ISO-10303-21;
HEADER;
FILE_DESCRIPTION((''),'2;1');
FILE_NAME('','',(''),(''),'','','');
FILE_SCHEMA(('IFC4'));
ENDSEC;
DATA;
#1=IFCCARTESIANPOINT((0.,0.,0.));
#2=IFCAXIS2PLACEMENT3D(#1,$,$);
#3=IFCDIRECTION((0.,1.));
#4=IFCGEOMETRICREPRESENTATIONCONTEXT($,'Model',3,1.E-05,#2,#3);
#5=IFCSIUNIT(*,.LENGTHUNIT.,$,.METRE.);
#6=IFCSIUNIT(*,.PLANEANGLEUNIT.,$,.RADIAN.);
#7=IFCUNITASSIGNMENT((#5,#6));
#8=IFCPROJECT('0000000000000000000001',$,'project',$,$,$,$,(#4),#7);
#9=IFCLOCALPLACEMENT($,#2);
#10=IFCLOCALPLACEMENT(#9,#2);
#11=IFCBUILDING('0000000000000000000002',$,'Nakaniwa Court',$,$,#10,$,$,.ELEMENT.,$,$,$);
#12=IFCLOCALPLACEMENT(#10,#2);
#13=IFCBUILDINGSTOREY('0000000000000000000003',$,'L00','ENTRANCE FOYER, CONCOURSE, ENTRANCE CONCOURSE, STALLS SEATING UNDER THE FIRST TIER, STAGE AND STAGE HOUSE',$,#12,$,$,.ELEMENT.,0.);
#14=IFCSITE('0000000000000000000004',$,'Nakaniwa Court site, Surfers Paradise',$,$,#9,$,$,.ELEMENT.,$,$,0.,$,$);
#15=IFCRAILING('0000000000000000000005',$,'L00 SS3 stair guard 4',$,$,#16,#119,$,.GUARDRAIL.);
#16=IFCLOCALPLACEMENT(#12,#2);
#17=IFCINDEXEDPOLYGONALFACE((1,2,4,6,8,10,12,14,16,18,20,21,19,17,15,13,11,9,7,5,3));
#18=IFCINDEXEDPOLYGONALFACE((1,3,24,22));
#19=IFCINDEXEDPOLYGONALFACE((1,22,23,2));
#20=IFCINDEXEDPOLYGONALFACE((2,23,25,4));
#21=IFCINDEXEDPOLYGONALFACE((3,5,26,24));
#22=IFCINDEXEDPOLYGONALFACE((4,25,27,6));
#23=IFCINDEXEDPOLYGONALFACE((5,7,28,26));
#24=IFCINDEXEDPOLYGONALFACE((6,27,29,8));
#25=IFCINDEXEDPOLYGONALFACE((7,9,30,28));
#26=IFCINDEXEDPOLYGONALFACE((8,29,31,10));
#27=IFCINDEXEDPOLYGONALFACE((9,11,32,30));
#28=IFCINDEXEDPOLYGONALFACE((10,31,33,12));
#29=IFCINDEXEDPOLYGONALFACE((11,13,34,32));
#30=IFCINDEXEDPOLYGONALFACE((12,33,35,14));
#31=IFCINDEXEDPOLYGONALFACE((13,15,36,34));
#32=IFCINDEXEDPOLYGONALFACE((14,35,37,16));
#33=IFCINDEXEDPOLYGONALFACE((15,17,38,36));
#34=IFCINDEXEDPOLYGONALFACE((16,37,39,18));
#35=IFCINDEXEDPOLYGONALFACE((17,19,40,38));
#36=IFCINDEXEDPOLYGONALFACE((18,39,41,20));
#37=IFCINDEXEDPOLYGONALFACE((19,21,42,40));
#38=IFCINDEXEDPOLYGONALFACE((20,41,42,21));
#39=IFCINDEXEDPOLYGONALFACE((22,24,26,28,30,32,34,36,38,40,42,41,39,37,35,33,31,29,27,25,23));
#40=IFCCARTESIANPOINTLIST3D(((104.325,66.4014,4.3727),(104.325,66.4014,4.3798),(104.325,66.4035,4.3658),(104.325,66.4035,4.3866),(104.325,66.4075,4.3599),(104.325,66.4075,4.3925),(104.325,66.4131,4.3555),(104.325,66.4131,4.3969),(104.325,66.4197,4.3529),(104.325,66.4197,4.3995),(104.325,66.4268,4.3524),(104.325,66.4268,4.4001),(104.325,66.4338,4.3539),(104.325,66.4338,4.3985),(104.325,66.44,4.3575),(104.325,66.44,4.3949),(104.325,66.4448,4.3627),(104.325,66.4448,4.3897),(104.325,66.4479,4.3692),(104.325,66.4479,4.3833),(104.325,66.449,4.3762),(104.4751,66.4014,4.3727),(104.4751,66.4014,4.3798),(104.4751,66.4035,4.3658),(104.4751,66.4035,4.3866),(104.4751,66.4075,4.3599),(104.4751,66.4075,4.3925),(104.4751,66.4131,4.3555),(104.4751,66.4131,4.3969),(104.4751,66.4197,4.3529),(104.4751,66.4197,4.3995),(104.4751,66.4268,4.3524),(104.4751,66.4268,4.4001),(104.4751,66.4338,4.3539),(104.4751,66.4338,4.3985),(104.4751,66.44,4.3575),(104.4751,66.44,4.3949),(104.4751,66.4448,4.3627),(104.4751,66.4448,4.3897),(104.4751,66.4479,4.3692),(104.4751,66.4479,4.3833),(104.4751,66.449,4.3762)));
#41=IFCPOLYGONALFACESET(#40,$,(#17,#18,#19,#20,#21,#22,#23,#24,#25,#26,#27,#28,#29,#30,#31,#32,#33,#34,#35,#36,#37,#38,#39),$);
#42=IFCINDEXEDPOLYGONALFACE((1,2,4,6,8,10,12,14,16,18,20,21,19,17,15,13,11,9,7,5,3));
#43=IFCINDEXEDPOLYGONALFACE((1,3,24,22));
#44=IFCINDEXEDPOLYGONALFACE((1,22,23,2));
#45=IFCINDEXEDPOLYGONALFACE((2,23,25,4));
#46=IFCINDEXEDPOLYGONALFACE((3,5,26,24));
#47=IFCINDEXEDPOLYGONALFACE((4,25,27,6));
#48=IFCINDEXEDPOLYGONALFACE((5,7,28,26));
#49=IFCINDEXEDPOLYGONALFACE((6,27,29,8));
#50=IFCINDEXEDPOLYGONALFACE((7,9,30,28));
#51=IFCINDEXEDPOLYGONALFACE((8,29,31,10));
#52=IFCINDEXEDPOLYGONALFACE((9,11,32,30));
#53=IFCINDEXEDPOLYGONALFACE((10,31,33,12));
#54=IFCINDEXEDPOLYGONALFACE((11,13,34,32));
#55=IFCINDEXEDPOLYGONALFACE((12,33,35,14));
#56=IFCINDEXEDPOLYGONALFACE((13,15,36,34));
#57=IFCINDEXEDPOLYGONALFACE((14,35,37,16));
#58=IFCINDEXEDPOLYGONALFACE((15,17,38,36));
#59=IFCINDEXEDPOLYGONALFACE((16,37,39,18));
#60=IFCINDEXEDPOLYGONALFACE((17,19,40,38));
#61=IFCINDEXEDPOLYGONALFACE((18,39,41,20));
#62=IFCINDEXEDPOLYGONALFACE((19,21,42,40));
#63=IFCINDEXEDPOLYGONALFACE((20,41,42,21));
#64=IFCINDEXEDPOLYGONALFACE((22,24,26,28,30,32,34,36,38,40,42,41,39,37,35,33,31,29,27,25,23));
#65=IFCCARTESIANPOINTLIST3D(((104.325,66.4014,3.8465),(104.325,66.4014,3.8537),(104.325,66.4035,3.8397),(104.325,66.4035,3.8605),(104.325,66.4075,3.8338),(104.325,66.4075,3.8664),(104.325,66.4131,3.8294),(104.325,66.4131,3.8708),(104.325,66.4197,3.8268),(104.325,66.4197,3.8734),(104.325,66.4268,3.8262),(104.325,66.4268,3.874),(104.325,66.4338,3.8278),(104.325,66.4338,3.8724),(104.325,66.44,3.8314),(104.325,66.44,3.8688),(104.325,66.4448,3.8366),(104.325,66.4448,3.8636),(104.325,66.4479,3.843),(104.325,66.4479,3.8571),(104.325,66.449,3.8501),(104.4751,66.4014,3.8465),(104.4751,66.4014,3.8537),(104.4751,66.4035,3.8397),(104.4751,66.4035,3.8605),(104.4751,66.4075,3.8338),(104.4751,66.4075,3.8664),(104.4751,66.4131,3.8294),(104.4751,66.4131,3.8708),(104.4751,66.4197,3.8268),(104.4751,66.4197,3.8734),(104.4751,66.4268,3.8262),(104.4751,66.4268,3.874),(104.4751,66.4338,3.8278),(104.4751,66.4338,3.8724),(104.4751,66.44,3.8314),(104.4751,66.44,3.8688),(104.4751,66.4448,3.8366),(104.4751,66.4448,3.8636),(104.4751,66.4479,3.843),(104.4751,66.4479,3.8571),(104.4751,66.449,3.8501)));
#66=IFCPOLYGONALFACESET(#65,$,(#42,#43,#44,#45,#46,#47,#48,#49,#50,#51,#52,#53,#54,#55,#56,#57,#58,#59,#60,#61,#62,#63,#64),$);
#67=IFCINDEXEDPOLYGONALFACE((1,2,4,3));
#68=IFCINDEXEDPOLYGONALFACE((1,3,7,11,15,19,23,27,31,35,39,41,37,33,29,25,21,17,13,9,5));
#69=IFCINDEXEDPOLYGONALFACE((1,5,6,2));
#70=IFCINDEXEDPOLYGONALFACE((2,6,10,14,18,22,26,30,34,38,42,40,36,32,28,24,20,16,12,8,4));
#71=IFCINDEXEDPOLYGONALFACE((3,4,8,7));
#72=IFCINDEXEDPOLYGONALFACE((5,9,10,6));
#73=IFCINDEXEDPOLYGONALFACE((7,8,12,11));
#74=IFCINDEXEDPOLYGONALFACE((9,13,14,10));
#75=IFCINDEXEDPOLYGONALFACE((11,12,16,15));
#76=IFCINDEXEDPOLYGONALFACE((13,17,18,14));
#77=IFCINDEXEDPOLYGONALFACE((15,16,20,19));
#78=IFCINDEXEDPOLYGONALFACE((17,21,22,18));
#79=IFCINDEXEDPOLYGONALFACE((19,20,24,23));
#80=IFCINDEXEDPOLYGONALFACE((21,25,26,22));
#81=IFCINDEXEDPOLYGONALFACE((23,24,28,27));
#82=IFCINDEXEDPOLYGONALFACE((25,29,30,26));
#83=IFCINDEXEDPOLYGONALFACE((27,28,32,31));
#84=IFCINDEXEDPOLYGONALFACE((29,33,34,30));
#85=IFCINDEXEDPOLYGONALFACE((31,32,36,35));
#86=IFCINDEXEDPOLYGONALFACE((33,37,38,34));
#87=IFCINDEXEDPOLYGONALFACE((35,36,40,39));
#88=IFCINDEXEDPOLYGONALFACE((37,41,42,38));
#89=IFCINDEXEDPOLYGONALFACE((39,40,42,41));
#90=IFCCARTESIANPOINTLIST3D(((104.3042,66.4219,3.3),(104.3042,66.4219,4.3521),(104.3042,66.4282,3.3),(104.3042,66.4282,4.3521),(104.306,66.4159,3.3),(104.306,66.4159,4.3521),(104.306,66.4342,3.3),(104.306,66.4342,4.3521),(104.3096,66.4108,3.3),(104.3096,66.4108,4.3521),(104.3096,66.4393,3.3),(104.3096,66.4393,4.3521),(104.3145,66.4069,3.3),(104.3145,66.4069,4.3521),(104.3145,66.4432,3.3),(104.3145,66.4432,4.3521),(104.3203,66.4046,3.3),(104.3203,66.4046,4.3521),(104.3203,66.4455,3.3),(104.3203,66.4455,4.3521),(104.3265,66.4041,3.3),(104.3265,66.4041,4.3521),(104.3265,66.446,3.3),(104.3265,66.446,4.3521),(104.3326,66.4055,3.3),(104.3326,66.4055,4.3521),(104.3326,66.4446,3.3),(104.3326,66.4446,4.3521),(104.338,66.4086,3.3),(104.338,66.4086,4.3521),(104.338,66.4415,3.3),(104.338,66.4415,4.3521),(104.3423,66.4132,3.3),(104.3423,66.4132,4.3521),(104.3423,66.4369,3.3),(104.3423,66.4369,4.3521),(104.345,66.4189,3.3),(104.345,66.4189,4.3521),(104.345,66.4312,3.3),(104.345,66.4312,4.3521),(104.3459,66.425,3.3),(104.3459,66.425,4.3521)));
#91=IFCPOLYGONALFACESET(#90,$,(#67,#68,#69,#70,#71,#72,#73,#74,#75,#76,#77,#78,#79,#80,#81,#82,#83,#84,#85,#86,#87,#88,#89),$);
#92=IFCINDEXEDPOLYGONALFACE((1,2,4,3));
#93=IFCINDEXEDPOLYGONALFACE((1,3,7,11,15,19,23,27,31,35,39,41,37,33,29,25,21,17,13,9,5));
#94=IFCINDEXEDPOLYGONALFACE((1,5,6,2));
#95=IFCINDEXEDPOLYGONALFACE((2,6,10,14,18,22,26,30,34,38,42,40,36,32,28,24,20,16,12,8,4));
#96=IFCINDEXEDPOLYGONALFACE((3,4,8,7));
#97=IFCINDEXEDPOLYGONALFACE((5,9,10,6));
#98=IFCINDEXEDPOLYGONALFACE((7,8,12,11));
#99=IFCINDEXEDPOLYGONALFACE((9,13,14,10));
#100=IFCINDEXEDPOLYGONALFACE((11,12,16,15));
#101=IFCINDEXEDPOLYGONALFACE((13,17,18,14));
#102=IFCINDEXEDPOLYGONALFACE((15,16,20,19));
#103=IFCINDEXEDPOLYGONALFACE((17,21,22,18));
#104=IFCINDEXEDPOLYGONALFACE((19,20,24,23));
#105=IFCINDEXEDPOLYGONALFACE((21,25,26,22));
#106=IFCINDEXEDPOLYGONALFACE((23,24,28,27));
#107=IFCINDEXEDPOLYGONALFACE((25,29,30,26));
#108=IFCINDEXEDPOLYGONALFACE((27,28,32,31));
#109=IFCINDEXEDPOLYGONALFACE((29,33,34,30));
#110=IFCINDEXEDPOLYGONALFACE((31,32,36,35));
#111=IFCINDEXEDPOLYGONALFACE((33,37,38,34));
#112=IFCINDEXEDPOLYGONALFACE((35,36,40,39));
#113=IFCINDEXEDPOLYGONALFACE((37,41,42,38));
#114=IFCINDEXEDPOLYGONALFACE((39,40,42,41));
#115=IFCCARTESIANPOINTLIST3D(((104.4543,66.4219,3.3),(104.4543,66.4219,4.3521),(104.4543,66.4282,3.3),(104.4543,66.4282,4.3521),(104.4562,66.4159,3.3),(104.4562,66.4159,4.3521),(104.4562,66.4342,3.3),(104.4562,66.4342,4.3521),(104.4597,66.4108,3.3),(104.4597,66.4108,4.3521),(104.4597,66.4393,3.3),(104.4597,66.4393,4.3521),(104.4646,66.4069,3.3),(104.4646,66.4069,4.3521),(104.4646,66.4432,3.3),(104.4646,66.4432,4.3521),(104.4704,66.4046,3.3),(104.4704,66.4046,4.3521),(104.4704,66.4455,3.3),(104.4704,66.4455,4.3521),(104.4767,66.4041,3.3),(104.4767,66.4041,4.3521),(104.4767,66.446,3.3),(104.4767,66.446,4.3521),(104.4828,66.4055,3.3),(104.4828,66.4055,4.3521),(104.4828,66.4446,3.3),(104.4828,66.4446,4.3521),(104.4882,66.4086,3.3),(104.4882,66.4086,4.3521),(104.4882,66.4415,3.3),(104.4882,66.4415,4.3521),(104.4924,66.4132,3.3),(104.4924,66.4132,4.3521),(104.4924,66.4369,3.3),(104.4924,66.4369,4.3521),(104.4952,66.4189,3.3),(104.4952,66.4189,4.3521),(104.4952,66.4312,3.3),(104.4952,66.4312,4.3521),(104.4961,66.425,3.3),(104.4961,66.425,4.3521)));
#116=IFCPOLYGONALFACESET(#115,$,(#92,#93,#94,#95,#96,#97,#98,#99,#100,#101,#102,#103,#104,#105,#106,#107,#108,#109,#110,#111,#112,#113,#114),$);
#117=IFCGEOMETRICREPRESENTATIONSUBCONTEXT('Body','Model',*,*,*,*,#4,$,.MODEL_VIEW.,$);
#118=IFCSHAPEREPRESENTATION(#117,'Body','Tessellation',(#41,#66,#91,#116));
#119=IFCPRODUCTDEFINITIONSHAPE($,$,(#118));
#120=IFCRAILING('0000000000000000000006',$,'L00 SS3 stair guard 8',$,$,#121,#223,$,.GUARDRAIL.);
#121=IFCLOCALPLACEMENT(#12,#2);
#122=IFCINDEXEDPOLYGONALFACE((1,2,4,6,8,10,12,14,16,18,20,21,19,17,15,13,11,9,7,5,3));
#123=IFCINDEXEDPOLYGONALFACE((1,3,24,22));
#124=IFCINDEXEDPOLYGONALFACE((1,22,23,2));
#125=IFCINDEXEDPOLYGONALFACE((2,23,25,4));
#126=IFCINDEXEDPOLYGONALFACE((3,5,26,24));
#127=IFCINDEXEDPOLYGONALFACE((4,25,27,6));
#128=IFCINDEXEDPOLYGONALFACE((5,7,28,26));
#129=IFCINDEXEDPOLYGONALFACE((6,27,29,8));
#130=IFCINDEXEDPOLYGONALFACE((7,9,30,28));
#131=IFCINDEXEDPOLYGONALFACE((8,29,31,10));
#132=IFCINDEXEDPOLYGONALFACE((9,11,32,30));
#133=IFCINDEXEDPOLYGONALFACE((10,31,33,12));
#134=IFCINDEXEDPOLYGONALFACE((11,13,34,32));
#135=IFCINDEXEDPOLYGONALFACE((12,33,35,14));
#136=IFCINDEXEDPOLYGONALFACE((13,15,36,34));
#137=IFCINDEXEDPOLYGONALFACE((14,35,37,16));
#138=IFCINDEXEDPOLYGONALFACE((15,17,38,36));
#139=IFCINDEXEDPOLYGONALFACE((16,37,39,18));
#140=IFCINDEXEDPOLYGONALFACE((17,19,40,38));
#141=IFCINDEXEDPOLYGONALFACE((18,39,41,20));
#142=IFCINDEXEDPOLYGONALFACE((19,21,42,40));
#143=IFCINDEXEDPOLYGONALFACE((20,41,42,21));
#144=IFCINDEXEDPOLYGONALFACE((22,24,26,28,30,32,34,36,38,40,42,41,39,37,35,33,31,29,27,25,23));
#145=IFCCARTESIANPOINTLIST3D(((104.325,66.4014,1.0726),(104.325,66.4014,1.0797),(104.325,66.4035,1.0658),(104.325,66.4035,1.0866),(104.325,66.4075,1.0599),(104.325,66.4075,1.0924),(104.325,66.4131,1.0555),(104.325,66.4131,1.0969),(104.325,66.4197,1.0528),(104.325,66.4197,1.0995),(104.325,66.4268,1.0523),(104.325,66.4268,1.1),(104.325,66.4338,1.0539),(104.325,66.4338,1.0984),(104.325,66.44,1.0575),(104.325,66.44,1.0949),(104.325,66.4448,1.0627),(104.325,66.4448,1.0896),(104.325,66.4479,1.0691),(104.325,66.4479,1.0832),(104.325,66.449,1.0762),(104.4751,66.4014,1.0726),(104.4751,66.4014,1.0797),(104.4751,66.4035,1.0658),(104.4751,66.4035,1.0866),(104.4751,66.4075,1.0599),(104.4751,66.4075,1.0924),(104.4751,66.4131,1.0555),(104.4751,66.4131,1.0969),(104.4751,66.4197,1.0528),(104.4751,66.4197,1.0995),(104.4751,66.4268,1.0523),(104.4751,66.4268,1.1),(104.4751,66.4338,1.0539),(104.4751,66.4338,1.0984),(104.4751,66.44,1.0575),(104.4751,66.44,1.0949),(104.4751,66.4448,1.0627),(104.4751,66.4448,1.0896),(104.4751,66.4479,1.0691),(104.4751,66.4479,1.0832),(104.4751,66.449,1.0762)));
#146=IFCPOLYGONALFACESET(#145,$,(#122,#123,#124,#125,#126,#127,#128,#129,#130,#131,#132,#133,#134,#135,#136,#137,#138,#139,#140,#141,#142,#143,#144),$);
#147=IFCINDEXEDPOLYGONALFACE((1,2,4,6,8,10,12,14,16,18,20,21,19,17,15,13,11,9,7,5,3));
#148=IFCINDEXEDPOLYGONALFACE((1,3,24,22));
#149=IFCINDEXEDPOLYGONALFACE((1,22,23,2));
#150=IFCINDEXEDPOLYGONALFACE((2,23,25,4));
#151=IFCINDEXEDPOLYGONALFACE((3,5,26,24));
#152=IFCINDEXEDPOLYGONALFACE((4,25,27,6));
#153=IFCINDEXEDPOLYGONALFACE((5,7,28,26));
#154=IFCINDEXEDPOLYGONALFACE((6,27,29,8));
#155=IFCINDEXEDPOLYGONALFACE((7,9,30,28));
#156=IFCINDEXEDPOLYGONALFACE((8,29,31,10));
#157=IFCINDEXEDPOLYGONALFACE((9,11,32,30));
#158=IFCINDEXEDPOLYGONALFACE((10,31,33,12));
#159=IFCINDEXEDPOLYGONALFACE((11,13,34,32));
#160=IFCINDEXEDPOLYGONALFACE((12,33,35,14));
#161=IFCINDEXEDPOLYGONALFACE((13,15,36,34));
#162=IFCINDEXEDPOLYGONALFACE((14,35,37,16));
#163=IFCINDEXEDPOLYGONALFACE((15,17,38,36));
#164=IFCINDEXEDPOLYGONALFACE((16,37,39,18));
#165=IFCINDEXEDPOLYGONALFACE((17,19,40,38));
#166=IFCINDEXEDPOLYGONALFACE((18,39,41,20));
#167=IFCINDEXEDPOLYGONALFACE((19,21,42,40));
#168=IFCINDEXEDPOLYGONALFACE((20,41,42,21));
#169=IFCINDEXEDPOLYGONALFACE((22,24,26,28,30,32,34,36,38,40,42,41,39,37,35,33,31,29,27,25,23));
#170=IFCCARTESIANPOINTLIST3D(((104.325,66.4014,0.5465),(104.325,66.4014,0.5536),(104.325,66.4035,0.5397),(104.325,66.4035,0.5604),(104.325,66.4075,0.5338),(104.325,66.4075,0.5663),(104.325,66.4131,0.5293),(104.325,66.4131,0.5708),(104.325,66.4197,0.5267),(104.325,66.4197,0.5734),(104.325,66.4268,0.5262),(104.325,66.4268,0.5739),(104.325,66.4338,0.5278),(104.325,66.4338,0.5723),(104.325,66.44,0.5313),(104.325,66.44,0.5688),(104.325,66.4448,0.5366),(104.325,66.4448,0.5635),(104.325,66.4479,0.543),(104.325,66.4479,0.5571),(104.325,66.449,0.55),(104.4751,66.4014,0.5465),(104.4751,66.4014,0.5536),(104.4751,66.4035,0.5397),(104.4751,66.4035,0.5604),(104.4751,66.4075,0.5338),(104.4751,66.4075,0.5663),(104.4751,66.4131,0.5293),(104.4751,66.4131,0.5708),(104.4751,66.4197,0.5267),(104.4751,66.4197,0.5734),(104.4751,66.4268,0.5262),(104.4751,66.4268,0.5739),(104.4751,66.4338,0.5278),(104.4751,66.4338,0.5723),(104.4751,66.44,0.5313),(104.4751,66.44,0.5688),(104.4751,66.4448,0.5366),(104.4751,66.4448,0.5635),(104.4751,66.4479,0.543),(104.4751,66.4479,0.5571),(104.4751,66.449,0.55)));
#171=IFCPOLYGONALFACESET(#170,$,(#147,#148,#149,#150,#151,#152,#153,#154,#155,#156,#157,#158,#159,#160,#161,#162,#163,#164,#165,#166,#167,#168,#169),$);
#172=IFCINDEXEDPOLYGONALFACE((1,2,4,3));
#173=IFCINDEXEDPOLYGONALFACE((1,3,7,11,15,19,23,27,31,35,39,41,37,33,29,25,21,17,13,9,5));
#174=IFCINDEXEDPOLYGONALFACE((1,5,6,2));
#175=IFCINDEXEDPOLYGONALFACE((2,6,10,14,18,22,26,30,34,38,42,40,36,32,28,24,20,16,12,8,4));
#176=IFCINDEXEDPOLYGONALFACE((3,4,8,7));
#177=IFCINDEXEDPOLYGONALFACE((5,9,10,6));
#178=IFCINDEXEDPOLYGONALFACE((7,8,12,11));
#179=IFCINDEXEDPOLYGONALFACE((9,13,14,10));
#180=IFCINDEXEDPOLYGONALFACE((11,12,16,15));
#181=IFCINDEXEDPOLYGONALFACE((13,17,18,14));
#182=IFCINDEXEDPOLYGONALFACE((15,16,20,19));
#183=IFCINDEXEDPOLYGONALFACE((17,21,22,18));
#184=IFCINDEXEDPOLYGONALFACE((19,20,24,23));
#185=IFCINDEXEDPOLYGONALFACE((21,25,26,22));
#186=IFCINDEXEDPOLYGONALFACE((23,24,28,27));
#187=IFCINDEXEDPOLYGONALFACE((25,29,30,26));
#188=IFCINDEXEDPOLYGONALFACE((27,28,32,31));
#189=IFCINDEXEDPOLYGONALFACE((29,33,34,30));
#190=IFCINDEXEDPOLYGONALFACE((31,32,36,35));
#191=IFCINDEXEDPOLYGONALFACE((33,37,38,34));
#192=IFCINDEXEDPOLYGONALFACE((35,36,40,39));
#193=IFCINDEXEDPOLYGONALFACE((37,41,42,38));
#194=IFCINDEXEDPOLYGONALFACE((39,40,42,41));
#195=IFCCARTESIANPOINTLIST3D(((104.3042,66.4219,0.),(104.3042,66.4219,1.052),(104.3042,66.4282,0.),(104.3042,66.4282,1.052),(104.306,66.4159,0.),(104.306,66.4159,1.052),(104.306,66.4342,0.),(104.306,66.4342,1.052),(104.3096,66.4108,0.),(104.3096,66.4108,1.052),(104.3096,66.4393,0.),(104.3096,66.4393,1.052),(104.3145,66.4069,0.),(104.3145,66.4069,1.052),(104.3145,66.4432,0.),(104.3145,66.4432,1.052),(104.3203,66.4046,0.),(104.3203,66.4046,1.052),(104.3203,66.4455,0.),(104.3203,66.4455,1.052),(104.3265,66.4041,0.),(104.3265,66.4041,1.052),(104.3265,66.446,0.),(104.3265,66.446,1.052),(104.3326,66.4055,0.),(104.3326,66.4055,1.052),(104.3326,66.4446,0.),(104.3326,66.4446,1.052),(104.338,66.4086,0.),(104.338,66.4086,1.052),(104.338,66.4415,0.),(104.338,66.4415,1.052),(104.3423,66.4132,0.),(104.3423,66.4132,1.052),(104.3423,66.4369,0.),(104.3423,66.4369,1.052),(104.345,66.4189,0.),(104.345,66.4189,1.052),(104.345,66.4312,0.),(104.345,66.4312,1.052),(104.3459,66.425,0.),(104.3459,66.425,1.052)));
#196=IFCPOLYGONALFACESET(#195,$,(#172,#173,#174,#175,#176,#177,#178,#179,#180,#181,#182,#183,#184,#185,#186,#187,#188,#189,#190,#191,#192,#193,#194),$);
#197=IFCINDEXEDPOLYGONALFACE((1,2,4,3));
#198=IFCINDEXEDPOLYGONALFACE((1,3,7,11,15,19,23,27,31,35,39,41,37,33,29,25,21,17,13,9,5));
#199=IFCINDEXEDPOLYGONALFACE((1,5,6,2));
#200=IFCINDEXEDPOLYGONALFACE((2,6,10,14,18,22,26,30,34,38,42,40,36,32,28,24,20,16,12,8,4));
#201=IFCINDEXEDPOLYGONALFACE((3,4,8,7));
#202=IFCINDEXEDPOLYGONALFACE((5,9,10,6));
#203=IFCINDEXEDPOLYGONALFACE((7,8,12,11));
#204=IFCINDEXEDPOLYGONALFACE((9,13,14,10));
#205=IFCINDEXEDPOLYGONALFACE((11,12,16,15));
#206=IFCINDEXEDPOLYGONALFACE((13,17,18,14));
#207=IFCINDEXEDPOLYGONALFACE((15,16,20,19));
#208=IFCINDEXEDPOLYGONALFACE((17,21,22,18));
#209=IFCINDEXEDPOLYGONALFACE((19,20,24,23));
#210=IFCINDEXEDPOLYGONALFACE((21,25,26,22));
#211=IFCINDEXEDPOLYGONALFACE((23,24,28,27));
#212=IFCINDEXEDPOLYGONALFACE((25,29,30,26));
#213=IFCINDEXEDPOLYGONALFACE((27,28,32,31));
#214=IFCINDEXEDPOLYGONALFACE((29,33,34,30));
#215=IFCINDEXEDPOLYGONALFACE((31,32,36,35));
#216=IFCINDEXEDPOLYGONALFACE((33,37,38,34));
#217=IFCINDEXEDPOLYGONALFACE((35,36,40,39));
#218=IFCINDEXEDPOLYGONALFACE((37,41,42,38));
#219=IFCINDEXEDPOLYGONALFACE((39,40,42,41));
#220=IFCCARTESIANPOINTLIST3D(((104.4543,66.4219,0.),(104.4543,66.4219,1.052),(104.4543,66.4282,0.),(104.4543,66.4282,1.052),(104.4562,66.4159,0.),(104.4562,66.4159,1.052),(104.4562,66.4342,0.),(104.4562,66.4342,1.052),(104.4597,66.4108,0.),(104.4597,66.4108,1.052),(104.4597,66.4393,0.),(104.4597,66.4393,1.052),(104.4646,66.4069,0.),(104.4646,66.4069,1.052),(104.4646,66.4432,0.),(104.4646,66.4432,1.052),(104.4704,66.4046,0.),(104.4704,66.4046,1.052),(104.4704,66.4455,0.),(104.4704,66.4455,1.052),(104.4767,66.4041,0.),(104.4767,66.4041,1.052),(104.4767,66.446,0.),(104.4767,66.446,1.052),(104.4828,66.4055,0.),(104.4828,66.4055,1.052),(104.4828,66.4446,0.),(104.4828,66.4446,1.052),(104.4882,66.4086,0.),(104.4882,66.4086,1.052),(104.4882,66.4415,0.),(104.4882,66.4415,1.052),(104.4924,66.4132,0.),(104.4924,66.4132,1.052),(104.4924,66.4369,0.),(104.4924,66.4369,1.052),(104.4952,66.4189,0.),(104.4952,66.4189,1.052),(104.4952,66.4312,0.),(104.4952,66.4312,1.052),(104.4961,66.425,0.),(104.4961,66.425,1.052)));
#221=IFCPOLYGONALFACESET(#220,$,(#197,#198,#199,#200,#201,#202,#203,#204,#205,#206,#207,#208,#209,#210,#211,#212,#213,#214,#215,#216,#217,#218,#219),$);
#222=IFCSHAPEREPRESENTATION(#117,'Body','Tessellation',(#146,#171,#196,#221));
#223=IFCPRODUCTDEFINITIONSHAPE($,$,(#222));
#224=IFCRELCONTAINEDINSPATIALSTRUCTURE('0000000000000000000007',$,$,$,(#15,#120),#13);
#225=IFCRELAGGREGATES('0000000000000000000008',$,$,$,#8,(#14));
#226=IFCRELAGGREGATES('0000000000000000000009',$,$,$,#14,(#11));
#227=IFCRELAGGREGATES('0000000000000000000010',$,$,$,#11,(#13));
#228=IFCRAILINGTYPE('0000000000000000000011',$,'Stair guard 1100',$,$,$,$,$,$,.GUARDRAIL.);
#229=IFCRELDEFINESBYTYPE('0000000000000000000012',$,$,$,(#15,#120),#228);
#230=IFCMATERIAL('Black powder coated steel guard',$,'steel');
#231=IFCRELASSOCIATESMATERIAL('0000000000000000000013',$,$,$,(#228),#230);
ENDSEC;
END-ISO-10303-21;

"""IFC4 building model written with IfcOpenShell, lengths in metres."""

from ifc_helpers import new_model, si_unit, direction, frame, origin, origin_2d, place, context, subcontext, project, spatial, circle, extrude, material, type_object, element, save


model = new_model("IFC4")

# Units and contexts
model_context = context("Model", 3, precision=1e-05, world=origin(), true_north=direction((0.0, 1.0)))
body_context = subcontext(model_context, "Body", "Model", "MODEL_VIEW")
ifc_project = project(units=[si_unit("LENGTHUNIT", "METRE"), si_unit("PLANEANGLEUNIT", "RADIAN")], contexts=[model_context])

# Site, building, storey
site_placement = place(None, origin())
site = spatial("IfcSite", under=ifc_project, at=site_placement, Name="Nakaniwa Court site, Surfers Paradise", CompositionType="ELEMENT", RefElevation=0.0)
building_placement = place(site_placement, origin())
building = spatial("IfcBuilding", under=site, at=building_placement, Name="Nakaniwa Court", CompositionType="ELEMENT")
storey_placement = place(building_placement, origin())
storey = spatial("IfcBuildingStorey", under=building, at=storey_placement, Name="L00", Description="ENTRANCE FOYER, CONCOURSE, ENTRANCE CONCOURSE, STALLS SEATING UNDER THE FIRST TIER, STAGE AND STAGE HOUSE", CompositionType="ELEMENT", Elevation=0.0)

# Railings
ifc_material_1 = material(Name="Black powder coated steel guard", Category="steel")
railing_type = type_object("IfcRailingType", Name="Stair guard 1100", PredefinedType="GUARDRAIL", material=ifc_material_1)
for number, where, name in (
    (1, (104.325, 66.425, 3.3), "L00 SS3 stair guard 4"),
    (2, (104.325, 66.425, 0.0), "L00 SS3 stair guard 8"),
):
    element("IfcRailing", number, at=place(storey_placement, frame(where)), inside=storey, type_object=railing_type, Name=name, PredefinedType="GUARDRAIL", context=body_context, shape_type="SweptSolid", body=[
        extrude(circle(Radius=0.0239, at=origin_2d()), frame((0.0, 0.0, 1.0762), z_axis=(1.0, 0.0, 0.0), x_axis=(0.0, 1.0, 0.0)), (0.0, 0.0, 1.0), 0.1501),
        extrude(circle(Radius=0.0239, at=origin_2d()), frame((0.0, 0.0, 0.55), z_axis=(1.0, 0.0, 0.0), x_axis=(0.0, 1.0, 0.0)), (0.0, 0.0, 1.0), 0.1501),
        extrude(circle(Radius=0.021, at=origin_2d()), origin(), (0.0, 0.0, 1.0), 1.052),
        extrude(circle(Radius=0.021, at=origin_2d()), frame((0.1501, 0.0, 0.0)), (0.0, 0.0, 1.0), 1.052),
    ])

save(model, "model.ifc")
